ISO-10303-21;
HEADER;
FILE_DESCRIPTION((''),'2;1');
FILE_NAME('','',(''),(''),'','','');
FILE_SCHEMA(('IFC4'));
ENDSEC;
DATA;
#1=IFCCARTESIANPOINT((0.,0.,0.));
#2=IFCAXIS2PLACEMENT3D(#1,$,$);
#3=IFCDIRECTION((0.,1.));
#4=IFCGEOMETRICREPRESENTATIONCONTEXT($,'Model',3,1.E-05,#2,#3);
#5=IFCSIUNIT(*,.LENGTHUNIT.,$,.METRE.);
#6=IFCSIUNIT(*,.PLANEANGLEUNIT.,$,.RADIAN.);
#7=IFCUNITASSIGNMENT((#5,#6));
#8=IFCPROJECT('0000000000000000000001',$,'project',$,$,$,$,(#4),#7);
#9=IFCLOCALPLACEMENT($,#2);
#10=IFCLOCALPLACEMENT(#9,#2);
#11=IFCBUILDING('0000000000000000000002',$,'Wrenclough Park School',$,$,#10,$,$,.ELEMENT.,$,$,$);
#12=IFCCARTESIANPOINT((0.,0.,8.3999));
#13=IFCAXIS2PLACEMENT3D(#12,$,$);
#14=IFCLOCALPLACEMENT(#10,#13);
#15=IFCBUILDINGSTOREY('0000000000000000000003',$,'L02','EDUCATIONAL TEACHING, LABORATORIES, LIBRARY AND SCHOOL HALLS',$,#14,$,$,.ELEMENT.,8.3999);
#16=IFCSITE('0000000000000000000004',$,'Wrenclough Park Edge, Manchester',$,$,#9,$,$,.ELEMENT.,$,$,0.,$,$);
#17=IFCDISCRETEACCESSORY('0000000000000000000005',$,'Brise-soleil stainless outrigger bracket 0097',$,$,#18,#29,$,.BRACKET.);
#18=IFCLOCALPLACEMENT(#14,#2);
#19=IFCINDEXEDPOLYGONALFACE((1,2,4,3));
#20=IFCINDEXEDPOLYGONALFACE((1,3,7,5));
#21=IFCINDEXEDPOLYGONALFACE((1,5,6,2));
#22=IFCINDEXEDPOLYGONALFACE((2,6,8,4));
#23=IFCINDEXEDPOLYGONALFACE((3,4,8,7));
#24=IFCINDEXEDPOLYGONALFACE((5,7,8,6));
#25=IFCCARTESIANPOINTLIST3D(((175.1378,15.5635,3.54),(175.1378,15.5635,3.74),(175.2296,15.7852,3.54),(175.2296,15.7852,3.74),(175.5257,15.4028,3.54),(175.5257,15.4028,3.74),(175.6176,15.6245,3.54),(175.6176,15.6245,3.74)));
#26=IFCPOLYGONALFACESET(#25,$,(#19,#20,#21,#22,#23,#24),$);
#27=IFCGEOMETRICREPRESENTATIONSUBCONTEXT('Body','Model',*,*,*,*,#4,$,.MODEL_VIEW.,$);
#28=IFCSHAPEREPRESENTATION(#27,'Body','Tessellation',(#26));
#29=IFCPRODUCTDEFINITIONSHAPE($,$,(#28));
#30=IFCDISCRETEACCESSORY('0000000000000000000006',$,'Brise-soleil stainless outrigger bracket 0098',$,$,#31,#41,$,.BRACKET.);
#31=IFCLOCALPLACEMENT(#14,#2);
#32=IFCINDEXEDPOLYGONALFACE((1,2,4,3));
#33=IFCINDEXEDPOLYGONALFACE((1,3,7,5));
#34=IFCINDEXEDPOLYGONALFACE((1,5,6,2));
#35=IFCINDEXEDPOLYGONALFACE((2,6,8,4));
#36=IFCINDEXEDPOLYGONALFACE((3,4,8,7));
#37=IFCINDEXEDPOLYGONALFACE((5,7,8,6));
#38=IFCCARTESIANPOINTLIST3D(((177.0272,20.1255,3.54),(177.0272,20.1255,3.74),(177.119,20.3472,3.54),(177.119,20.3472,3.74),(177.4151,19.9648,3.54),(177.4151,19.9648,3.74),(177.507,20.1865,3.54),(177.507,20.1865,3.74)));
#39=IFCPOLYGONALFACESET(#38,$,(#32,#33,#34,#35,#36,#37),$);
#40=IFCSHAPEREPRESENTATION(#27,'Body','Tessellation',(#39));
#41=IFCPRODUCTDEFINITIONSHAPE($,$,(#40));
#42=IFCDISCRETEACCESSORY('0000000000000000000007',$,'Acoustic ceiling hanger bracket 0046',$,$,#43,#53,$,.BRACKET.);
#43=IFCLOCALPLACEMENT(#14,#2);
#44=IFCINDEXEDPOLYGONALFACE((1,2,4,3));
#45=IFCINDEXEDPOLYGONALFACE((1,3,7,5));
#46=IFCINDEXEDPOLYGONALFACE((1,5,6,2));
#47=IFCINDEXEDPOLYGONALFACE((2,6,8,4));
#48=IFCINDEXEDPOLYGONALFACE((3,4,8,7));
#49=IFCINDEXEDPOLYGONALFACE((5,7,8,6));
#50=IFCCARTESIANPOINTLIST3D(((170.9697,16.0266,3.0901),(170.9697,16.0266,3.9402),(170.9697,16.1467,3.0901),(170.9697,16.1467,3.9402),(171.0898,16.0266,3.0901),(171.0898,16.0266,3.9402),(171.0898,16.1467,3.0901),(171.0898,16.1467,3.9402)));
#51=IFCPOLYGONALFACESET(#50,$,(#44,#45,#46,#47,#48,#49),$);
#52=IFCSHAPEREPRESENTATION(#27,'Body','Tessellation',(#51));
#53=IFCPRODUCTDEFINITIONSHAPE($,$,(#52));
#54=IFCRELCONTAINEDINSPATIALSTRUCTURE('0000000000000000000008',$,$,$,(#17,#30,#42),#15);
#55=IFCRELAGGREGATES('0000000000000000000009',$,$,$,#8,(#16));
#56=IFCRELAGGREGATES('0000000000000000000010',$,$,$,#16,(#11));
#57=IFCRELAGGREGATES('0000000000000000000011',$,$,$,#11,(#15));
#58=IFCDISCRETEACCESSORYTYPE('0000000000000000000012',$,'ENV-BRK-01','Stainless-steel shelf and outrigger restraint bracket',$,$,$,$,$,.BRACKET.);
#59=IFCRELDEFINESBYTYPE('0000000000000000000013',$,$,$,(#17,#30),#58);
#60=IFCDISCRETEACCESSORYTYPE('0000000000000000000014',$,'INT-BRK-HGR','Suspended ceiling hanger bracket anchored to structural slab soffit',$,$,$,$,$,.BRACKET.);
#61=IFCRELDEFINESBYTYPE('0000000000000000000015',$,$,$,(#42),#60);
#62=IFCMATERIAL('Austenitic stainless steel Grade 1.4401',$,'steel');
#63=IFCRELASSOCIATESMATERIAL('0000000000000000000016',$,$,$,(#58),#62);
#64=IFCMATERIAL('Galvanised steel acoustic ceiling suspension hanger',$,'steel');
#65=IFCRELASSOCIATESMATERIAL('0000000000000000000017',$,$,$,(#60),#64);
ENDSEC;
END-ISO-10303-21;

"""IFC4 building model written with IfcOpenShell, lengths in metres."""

from ifc_helpers import new_model, si_unit, direction, frame, origin, origin_2d, place, context, subcontext, project, spatial, rectangle, extrude, material, type_object, element, save


model = new_model("IFC4")

# Units and contexts
model_context = context("Model", 3, precision=1e-05, world=origin(), true_north=direction((0.0, 1.0)))
body_context = subcontext(model_context, "Body", "Model", "MODEL_VIEW")
ifc_project = project(units=[si_unit("LENGTHUNIT", "METRE"), si_unit("PLANEANGLEUNIT", "RADIAN")], contexts=[model_context])

# Site, building, storey
site_placement = place(None, origin())
site = spatial("IfcSite", under=ifc_project, at=site_placement, Name="Wrenclough Park Edge, Manchester", CompositionType="ELEMENT", RefElevation=0.0)
building_placement = place(site_placement, origin())
building = spatial("IfcBuilding", under=site, at=building_placement, Name="Wrenclough Park School", CompositionType="ELEMENT")
storey_placement = place(building_placement, frame((0.0, 0.0, 8.3999)))
storey = spatial("IfcBuildingStorey", under=building, at=storey_placement, Name="L02", Description="EDUCATIONAL TEACHING, LABORATORIES, LIBRARY AND SCHOOL HALLS", CompositionType="ELEMENT", Elevation=8.3999)

# Discrete accessories
ifc_material_1 = material(Name="Austenitic stainless steel Grade 1.4401", Category="steel")
discrete_accessory_type_1 = type_object("IfcDiscreteAccessoryType", Name="ENV-BRK-01", Description="Stainless-steel shelf and outrigger restraint bracket", PredefinedType="BRACKET", material=ifc_material_1)
for number, where, z_axis, x_axis, name in (
    (1, (175.3777, 15.594, 3.54), (0.0, 0.0, 1.0), (0.382684, 0.923879, 0.0), "Brise-soleil stainless outrigger bracket 0097"),
    (2, (177.2671, 20.156, 3.54), (0.0, 0.0, 1.0), (0.382684, 0.923879, 0.0), "Brise-soleil stainless outrigger bracket 0098"),
):
    element("IfcDiscreteAccessory", number, at=place(storey_placement, frame(where, z_axis=z_axis, x_axis=x_axis)), inside=storey, type_object=discrete_accessory_type_1, Name=name, PredefinedType="BRACKET", context=body_context, shape_type="SweptSolid", body=[
        extrude(rectangle(XDim=0.24, YDim=0.4199, at=origin_2d()), origin(), (0.0, 0.0, 1.0), 0.2),
    ])
ifc_material_2 = material(Name="Galvanised steel acoustic ceiling suspension hanger", Category="steel")
discrete_accessory_type_2 = type_object("IfcDiscreteAccessoryType", Name="INT-BRK-HGR", Description="Suspended ceiling hanger bracket anchored to structural slab soffit", PredefinedType="BRACKET", material=ifc_material_2)
discrete_accessory_placement = place(storey_placement, frame((171.0298, 16.0867, 3.0901), z_axis=(0.0, 0.0, 1.0), x_axis=(1.0, 0.0, 0.0)))
element("IfcDiscreteAccessory", 3, at=discrete_accessory_placement, inside=storey, type_object=discrete_accessory_type_2, Name="Acoustic ceiling hanger bracket 0046", PredefinedType="BRACKET", context=body_context, shape_type="SweptSolid", body=[
    extrude(rectangle(XDim=0.1201, YDim=0.1201, at=origin_2d()), origin(), (0.0, 0.0, 1.0), 0.8501),
])

save(model, "model.ifc")
